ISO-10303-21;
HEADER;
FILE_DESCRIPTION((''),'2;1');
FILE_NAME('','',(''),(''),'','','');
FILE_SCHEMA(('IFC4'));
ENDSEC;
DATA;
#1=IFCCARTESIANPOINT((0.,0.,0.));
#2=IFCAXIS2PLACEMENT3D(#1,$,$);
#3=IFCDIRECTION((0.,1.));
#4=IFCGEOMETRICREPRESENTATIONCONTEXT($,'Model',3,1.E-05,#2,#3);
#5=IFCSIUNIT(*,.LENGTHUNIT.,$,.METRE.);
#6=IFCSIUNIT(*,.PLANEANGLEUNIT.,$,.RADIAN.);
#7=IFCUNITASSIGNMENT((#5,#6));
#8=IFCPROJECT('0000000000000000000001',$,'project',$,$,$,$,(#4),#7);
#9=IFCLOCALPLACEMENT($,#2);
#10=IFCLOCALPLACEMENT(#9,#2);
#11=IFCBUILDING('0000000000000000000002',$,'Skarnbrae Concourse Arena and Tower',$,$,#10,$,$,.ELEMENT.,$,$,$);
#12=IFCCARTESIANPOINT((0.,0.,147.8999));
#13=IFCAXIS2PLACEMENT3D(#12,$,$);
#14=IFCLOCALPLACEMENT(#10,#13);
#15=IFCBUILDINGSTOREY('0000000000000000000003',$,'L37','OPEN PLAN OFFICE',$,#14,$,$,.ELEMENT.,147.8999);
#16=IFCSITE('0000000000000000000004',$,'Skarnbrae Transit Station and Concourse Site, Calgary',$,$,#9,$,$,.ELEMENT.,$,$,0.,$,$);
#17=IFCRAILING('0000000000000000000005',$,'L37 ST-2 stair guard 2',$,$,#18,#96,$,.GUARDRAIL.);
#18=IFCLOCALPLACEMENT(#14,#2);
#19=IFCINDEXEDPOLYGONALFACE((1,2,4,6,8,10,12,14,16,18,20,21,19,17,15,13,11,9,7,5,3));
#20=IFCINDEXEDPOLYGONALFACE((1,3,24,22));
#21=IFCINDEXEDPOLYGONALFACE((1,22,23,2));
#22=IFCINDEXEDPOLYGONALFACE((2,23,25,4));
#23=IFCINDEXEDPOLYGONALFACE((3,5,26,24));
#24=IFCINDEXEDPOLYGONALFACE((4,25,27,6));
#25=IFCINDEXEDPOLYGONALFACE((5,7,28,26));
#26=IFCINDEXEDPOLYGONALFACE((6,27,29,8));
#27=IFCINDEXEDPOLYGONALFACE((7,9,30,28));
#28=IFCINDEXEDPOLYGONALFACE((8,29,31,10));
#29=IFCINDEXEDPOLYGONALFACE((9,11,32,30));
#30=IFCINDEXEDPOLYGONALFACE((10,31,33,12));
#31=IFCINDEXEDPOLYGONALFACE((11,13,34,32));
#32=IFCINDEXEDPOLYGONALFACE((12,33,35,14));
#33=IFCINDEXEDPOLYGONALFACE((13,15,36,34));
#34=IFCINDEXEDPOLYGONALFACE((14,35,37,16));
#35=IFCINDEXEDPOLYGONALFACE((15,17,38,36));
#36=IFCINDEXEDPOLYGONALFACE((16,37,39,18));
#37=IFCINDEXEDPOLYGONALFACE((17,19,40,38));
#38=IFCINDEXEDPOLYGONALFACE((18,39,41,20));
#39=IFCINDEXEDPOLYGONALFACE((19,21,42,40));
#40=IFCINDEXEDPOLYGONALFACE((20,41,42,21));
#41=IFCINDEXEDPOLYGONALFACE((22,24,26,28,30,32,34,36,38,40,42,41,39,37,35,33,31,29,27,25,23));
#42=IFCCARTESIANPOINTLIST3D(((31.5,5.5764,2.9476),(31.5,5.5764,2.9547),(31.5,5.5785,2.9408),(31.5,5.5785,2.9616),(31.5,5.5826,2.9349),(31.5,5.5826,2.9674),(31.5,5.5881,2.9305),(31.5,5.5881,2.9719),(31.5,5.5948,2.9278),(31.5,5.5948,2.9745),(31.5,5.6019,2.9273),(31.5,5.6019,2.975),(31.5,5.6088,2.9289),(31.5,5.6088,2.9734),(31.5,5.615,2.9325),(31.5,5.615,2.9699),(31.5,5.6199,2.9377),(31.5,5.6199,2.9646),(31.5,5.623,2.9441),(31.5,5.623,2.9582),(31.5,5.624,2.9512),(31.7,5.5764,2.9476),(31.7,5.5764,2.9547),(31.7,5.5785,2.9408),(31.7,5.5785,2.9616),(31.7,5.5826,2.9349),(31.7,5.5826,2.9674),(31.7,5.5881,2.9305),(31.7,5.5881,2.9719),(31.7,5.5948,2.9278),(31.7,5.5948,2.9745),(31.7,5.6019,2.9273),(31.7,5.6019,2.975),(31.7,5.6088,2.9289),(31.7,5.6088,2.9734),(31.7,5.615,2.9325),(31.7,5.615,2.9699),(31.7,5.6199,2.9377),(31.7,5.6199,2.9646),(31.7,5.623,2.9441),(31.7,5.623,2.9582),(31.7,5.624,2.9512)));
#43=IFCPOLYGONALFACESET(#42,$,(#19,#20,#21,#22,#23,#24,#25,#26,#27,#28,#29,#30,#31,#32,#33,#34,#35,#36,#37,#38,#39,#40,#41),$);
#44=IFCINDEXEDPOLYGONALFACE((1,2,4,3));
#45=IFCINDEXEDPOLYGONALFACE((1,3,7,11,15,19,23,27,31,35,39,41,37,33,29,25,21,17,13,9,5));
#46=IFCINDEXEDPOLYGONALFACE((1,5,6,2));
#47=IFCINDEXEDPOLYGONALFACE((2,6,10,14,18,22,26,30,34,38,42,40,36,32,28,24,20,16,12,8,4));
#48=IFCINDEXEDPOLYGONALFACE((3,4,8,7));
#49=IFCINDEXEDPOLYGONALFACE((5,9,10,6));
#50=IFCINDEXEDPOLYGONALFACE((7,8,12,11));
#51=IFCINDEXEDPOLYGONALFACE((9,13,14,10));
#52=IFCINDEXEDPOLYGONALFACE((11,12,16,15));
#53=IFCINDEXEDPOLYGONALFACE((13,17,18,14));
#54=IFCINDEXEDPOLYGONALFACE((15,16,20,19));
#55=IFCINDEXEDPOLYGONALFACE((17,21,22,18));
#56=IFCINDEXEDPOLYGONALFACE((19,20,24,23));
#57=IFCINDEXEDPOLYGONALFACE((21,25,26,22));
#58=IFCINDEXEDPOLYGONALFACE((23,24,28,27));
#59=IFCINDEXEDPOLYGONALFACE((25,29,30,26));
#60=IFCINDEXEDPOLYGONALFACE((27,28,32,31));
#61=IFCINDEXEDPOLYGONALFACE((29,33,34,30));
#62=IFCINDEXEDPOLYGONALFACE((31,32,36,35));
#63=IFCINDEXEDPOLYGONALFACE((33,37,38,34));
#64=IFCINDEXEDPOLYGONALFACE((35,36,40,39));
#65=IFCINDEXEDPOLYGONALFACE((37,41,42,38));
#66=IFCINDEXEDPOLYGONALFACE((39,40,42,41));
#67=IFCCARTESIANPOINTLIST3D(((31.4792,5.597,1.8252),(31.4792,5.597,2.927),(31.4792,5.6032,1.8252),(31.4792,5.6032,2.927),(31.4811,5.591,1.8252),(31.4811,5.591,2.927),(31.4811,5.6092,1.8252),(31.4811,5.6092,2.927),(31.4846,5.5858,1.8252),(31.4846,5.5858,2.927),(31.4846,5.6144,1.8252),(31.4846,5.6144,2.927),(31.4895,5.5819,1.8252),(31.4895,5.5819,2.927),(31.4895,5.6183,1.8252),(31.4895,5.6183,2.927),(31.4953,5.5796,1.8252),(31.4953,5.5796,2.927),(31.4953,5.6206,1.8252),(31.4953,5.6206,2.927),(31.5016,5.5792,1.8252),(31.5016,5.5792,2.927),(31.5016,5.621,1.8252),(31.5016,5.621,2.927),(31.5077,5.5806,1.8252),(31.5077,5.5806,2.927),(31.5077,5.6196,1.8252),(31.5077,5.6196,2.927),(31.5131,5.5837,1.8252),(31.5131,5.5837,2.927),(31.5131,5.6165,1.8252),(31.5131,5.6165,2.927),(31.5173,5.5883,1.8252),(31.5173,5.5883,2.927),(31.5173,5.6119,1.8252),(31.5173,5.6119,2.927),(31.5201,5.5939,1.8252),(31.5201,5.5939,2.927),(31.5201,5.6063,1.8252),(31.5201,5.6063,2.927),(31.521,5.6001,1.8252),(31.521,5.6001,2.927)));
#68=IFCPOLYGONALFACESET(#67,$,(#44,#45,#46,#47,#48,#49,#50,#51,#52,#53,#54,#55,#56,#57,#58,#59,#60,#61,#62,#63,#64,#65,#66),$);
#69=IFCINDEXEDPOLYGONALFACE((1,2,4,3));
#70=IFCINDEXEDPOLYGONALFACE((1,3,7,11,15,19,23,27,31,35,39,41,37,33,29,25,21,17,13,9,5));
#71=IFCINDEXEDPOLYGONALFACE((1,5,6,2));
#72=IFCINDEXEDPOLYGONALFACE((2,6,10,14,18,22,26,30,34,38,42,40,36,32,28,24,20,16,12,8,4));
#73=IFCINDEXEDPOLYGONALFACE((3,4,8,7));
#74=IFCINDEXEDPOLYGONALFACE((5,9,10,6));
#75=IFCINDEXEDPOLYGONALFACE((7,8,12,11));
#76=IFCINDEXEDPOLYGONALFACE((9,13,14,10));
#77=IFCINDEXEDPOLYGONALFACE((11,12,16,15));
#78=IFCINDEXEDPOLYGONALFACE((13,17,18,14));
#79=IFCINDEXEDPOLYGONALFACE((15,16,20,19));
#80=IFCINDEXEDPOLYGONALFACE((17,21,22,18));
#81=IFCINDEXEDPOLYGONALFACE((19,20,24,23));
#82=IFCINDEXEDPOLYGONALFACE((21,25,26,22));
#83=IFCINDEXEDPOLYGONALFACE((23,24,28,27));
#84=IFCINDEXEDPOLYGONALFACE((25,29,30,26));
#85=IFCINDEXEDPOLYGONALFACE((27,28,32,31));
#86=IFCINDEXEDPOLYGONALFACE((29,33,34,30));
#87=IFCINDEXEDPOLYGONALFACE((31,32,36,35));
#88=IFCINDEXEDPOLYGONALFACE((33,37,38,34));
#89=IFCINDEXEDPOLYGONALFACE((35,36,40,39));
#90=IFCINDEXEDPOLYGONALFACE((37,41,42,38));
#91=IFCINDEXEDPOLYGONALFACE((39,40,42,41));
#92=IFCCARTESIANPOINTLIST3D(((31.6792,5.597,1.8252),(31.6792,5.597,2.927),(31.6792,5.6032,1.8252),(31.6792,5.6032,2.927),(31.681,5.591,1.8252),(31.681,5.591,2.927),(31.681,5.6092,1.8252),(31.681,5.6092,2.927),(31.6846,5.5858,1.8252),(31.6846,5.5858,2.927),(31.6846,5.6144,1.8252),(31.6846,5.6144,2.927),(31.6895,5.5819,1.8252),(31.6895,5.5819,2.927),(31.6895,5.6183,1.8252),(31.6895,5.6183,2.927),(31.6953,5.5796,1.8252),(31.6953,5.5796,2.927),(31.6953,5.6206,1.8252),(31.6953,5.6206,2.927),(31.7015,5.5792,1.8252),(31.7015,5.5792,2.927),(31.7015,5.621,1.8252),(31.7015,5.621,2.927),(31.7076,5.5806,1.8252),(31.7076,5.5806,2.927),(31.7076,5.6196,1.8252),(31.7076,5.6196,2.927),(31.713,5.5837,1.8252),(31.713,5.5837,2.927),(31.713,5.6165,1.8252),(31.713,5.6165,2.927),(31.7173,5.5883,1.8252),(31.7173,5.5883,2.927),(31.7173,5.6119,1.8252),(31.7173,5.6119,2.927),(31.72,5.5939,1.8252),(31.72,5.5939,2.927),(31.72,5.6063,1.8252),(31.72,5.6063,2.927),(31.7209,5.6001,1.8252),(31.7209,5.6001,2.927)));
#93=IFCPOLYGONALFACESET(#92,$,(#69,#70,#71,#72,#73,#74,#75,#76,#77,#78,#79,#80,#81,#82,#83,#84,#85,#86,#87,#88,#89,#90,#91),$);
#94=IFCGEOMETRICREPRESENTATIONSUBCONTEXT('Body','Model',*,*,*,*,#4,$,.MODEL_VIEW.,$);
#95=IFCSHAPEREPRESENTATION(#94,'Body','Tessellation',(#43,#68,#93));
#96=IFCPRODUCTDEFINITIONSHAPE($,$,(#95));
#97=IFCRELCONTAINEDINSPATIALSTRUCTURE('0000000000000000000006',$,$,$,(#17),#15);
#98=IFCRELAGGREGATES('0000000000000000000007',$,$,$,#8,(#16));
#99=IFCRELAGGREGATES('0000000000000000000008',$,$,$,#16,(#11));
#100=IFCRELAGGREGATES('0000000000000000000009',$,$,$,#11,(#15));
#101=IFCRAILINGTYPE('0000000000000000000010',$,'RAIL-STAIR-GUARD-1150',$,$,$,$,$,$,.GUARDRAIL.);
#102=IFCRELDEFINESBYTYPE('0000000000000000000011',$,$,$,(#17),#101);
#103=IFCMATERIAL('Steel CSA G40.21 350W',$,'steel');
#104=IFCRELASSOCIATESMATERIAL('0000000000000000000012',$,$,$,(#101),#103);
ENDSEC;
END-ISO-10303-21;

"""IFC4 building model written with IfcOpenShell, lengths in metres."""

from ifc_helpers import new_model, si_unit, direction, frame, origin, origin_2d, place, context, subcontext, project, spatial, circle, extrude, material, type_object, element, save


model = new_model("IFC4")

# Units and contexts
model_context = context("Model", 3, precision=1e-05, world=origin(), true_north=direction((0.0, 1.0)))
body_context = subcontext(model_context, "Body", "Model", "MODEL_VIEW")
ifc_project = project(units=[si_unit("LENGTHUNIT", "METRE"), si_unit("PLANEANGLEUNIT", "RADIAN")], contexts=[model_context])

# Site, building, storey
site_placement = place(None, origin())
site = spatial("IfcSite", under=ifc_project, at=site_placement, Name="Skarnbrae Transit Station and Concourse Site, Calgary", CompositionType="ELEMENT", RefElevation=0.0)
building_placement = place(site_placement, origin())
building = spatial("IfcBuilding", under=site, at=building_placement, Name="Skarnbrae Concourse Arena and Tower", CompositionType="ELEMENT")
storey_placement = place(building_placement, frame((0.0, 0.0, 147.8999)))
storey = spatial("IfcBuildingStorey", under=building, at=storey_placement, Name="L37", Description="OPEN PLAN OFFICE", CompositionType="ELEMENT", Elevation=147.8999)

# Shared definitions
ifc_material_1 = material(Name="Steel CSA G40.21 350W", Category="steel")

# Railing
railing_type_1 = type_object("IfcRailingType", Name="RAIL-STAIR-GUARD-1150", PredefinedType="GUARDRAIL", material=ifc_material_1)
railing_1_placement = place(storey_placement, frame((31.5, 5.6001, 1.8252)))
element("IfcRailing", 1, at=railing_1_placement, inside=storey, type_object=railing_type_1, Name="L37 ST-2 stair guard 2", PredefinedType="GUARDRAIL", context=body_context, shape_type="SweptSolid", body=[
    extrude(circle(Radius=0.0239, at=origin_2d()), frame((0.0, 0.0, 1.126), z_axis=(1.0, 0.0, 0.0), x_axis=(0.0, 1.0, 0.0)), (0.0, 0.0, 1.0), 0.2),
    extrude(circle(Radius=0.021, at=origin_2d()), origin(), (0.0, 0.0, 1.0), 1.1018),
    extrude(circle(Radius=0.021, at=origin_2d()), frame((0.2, 0.0, 0.0)), (0.0, 0.0, 1.0), 1.1018),
])

save(model, "model.ifc")
